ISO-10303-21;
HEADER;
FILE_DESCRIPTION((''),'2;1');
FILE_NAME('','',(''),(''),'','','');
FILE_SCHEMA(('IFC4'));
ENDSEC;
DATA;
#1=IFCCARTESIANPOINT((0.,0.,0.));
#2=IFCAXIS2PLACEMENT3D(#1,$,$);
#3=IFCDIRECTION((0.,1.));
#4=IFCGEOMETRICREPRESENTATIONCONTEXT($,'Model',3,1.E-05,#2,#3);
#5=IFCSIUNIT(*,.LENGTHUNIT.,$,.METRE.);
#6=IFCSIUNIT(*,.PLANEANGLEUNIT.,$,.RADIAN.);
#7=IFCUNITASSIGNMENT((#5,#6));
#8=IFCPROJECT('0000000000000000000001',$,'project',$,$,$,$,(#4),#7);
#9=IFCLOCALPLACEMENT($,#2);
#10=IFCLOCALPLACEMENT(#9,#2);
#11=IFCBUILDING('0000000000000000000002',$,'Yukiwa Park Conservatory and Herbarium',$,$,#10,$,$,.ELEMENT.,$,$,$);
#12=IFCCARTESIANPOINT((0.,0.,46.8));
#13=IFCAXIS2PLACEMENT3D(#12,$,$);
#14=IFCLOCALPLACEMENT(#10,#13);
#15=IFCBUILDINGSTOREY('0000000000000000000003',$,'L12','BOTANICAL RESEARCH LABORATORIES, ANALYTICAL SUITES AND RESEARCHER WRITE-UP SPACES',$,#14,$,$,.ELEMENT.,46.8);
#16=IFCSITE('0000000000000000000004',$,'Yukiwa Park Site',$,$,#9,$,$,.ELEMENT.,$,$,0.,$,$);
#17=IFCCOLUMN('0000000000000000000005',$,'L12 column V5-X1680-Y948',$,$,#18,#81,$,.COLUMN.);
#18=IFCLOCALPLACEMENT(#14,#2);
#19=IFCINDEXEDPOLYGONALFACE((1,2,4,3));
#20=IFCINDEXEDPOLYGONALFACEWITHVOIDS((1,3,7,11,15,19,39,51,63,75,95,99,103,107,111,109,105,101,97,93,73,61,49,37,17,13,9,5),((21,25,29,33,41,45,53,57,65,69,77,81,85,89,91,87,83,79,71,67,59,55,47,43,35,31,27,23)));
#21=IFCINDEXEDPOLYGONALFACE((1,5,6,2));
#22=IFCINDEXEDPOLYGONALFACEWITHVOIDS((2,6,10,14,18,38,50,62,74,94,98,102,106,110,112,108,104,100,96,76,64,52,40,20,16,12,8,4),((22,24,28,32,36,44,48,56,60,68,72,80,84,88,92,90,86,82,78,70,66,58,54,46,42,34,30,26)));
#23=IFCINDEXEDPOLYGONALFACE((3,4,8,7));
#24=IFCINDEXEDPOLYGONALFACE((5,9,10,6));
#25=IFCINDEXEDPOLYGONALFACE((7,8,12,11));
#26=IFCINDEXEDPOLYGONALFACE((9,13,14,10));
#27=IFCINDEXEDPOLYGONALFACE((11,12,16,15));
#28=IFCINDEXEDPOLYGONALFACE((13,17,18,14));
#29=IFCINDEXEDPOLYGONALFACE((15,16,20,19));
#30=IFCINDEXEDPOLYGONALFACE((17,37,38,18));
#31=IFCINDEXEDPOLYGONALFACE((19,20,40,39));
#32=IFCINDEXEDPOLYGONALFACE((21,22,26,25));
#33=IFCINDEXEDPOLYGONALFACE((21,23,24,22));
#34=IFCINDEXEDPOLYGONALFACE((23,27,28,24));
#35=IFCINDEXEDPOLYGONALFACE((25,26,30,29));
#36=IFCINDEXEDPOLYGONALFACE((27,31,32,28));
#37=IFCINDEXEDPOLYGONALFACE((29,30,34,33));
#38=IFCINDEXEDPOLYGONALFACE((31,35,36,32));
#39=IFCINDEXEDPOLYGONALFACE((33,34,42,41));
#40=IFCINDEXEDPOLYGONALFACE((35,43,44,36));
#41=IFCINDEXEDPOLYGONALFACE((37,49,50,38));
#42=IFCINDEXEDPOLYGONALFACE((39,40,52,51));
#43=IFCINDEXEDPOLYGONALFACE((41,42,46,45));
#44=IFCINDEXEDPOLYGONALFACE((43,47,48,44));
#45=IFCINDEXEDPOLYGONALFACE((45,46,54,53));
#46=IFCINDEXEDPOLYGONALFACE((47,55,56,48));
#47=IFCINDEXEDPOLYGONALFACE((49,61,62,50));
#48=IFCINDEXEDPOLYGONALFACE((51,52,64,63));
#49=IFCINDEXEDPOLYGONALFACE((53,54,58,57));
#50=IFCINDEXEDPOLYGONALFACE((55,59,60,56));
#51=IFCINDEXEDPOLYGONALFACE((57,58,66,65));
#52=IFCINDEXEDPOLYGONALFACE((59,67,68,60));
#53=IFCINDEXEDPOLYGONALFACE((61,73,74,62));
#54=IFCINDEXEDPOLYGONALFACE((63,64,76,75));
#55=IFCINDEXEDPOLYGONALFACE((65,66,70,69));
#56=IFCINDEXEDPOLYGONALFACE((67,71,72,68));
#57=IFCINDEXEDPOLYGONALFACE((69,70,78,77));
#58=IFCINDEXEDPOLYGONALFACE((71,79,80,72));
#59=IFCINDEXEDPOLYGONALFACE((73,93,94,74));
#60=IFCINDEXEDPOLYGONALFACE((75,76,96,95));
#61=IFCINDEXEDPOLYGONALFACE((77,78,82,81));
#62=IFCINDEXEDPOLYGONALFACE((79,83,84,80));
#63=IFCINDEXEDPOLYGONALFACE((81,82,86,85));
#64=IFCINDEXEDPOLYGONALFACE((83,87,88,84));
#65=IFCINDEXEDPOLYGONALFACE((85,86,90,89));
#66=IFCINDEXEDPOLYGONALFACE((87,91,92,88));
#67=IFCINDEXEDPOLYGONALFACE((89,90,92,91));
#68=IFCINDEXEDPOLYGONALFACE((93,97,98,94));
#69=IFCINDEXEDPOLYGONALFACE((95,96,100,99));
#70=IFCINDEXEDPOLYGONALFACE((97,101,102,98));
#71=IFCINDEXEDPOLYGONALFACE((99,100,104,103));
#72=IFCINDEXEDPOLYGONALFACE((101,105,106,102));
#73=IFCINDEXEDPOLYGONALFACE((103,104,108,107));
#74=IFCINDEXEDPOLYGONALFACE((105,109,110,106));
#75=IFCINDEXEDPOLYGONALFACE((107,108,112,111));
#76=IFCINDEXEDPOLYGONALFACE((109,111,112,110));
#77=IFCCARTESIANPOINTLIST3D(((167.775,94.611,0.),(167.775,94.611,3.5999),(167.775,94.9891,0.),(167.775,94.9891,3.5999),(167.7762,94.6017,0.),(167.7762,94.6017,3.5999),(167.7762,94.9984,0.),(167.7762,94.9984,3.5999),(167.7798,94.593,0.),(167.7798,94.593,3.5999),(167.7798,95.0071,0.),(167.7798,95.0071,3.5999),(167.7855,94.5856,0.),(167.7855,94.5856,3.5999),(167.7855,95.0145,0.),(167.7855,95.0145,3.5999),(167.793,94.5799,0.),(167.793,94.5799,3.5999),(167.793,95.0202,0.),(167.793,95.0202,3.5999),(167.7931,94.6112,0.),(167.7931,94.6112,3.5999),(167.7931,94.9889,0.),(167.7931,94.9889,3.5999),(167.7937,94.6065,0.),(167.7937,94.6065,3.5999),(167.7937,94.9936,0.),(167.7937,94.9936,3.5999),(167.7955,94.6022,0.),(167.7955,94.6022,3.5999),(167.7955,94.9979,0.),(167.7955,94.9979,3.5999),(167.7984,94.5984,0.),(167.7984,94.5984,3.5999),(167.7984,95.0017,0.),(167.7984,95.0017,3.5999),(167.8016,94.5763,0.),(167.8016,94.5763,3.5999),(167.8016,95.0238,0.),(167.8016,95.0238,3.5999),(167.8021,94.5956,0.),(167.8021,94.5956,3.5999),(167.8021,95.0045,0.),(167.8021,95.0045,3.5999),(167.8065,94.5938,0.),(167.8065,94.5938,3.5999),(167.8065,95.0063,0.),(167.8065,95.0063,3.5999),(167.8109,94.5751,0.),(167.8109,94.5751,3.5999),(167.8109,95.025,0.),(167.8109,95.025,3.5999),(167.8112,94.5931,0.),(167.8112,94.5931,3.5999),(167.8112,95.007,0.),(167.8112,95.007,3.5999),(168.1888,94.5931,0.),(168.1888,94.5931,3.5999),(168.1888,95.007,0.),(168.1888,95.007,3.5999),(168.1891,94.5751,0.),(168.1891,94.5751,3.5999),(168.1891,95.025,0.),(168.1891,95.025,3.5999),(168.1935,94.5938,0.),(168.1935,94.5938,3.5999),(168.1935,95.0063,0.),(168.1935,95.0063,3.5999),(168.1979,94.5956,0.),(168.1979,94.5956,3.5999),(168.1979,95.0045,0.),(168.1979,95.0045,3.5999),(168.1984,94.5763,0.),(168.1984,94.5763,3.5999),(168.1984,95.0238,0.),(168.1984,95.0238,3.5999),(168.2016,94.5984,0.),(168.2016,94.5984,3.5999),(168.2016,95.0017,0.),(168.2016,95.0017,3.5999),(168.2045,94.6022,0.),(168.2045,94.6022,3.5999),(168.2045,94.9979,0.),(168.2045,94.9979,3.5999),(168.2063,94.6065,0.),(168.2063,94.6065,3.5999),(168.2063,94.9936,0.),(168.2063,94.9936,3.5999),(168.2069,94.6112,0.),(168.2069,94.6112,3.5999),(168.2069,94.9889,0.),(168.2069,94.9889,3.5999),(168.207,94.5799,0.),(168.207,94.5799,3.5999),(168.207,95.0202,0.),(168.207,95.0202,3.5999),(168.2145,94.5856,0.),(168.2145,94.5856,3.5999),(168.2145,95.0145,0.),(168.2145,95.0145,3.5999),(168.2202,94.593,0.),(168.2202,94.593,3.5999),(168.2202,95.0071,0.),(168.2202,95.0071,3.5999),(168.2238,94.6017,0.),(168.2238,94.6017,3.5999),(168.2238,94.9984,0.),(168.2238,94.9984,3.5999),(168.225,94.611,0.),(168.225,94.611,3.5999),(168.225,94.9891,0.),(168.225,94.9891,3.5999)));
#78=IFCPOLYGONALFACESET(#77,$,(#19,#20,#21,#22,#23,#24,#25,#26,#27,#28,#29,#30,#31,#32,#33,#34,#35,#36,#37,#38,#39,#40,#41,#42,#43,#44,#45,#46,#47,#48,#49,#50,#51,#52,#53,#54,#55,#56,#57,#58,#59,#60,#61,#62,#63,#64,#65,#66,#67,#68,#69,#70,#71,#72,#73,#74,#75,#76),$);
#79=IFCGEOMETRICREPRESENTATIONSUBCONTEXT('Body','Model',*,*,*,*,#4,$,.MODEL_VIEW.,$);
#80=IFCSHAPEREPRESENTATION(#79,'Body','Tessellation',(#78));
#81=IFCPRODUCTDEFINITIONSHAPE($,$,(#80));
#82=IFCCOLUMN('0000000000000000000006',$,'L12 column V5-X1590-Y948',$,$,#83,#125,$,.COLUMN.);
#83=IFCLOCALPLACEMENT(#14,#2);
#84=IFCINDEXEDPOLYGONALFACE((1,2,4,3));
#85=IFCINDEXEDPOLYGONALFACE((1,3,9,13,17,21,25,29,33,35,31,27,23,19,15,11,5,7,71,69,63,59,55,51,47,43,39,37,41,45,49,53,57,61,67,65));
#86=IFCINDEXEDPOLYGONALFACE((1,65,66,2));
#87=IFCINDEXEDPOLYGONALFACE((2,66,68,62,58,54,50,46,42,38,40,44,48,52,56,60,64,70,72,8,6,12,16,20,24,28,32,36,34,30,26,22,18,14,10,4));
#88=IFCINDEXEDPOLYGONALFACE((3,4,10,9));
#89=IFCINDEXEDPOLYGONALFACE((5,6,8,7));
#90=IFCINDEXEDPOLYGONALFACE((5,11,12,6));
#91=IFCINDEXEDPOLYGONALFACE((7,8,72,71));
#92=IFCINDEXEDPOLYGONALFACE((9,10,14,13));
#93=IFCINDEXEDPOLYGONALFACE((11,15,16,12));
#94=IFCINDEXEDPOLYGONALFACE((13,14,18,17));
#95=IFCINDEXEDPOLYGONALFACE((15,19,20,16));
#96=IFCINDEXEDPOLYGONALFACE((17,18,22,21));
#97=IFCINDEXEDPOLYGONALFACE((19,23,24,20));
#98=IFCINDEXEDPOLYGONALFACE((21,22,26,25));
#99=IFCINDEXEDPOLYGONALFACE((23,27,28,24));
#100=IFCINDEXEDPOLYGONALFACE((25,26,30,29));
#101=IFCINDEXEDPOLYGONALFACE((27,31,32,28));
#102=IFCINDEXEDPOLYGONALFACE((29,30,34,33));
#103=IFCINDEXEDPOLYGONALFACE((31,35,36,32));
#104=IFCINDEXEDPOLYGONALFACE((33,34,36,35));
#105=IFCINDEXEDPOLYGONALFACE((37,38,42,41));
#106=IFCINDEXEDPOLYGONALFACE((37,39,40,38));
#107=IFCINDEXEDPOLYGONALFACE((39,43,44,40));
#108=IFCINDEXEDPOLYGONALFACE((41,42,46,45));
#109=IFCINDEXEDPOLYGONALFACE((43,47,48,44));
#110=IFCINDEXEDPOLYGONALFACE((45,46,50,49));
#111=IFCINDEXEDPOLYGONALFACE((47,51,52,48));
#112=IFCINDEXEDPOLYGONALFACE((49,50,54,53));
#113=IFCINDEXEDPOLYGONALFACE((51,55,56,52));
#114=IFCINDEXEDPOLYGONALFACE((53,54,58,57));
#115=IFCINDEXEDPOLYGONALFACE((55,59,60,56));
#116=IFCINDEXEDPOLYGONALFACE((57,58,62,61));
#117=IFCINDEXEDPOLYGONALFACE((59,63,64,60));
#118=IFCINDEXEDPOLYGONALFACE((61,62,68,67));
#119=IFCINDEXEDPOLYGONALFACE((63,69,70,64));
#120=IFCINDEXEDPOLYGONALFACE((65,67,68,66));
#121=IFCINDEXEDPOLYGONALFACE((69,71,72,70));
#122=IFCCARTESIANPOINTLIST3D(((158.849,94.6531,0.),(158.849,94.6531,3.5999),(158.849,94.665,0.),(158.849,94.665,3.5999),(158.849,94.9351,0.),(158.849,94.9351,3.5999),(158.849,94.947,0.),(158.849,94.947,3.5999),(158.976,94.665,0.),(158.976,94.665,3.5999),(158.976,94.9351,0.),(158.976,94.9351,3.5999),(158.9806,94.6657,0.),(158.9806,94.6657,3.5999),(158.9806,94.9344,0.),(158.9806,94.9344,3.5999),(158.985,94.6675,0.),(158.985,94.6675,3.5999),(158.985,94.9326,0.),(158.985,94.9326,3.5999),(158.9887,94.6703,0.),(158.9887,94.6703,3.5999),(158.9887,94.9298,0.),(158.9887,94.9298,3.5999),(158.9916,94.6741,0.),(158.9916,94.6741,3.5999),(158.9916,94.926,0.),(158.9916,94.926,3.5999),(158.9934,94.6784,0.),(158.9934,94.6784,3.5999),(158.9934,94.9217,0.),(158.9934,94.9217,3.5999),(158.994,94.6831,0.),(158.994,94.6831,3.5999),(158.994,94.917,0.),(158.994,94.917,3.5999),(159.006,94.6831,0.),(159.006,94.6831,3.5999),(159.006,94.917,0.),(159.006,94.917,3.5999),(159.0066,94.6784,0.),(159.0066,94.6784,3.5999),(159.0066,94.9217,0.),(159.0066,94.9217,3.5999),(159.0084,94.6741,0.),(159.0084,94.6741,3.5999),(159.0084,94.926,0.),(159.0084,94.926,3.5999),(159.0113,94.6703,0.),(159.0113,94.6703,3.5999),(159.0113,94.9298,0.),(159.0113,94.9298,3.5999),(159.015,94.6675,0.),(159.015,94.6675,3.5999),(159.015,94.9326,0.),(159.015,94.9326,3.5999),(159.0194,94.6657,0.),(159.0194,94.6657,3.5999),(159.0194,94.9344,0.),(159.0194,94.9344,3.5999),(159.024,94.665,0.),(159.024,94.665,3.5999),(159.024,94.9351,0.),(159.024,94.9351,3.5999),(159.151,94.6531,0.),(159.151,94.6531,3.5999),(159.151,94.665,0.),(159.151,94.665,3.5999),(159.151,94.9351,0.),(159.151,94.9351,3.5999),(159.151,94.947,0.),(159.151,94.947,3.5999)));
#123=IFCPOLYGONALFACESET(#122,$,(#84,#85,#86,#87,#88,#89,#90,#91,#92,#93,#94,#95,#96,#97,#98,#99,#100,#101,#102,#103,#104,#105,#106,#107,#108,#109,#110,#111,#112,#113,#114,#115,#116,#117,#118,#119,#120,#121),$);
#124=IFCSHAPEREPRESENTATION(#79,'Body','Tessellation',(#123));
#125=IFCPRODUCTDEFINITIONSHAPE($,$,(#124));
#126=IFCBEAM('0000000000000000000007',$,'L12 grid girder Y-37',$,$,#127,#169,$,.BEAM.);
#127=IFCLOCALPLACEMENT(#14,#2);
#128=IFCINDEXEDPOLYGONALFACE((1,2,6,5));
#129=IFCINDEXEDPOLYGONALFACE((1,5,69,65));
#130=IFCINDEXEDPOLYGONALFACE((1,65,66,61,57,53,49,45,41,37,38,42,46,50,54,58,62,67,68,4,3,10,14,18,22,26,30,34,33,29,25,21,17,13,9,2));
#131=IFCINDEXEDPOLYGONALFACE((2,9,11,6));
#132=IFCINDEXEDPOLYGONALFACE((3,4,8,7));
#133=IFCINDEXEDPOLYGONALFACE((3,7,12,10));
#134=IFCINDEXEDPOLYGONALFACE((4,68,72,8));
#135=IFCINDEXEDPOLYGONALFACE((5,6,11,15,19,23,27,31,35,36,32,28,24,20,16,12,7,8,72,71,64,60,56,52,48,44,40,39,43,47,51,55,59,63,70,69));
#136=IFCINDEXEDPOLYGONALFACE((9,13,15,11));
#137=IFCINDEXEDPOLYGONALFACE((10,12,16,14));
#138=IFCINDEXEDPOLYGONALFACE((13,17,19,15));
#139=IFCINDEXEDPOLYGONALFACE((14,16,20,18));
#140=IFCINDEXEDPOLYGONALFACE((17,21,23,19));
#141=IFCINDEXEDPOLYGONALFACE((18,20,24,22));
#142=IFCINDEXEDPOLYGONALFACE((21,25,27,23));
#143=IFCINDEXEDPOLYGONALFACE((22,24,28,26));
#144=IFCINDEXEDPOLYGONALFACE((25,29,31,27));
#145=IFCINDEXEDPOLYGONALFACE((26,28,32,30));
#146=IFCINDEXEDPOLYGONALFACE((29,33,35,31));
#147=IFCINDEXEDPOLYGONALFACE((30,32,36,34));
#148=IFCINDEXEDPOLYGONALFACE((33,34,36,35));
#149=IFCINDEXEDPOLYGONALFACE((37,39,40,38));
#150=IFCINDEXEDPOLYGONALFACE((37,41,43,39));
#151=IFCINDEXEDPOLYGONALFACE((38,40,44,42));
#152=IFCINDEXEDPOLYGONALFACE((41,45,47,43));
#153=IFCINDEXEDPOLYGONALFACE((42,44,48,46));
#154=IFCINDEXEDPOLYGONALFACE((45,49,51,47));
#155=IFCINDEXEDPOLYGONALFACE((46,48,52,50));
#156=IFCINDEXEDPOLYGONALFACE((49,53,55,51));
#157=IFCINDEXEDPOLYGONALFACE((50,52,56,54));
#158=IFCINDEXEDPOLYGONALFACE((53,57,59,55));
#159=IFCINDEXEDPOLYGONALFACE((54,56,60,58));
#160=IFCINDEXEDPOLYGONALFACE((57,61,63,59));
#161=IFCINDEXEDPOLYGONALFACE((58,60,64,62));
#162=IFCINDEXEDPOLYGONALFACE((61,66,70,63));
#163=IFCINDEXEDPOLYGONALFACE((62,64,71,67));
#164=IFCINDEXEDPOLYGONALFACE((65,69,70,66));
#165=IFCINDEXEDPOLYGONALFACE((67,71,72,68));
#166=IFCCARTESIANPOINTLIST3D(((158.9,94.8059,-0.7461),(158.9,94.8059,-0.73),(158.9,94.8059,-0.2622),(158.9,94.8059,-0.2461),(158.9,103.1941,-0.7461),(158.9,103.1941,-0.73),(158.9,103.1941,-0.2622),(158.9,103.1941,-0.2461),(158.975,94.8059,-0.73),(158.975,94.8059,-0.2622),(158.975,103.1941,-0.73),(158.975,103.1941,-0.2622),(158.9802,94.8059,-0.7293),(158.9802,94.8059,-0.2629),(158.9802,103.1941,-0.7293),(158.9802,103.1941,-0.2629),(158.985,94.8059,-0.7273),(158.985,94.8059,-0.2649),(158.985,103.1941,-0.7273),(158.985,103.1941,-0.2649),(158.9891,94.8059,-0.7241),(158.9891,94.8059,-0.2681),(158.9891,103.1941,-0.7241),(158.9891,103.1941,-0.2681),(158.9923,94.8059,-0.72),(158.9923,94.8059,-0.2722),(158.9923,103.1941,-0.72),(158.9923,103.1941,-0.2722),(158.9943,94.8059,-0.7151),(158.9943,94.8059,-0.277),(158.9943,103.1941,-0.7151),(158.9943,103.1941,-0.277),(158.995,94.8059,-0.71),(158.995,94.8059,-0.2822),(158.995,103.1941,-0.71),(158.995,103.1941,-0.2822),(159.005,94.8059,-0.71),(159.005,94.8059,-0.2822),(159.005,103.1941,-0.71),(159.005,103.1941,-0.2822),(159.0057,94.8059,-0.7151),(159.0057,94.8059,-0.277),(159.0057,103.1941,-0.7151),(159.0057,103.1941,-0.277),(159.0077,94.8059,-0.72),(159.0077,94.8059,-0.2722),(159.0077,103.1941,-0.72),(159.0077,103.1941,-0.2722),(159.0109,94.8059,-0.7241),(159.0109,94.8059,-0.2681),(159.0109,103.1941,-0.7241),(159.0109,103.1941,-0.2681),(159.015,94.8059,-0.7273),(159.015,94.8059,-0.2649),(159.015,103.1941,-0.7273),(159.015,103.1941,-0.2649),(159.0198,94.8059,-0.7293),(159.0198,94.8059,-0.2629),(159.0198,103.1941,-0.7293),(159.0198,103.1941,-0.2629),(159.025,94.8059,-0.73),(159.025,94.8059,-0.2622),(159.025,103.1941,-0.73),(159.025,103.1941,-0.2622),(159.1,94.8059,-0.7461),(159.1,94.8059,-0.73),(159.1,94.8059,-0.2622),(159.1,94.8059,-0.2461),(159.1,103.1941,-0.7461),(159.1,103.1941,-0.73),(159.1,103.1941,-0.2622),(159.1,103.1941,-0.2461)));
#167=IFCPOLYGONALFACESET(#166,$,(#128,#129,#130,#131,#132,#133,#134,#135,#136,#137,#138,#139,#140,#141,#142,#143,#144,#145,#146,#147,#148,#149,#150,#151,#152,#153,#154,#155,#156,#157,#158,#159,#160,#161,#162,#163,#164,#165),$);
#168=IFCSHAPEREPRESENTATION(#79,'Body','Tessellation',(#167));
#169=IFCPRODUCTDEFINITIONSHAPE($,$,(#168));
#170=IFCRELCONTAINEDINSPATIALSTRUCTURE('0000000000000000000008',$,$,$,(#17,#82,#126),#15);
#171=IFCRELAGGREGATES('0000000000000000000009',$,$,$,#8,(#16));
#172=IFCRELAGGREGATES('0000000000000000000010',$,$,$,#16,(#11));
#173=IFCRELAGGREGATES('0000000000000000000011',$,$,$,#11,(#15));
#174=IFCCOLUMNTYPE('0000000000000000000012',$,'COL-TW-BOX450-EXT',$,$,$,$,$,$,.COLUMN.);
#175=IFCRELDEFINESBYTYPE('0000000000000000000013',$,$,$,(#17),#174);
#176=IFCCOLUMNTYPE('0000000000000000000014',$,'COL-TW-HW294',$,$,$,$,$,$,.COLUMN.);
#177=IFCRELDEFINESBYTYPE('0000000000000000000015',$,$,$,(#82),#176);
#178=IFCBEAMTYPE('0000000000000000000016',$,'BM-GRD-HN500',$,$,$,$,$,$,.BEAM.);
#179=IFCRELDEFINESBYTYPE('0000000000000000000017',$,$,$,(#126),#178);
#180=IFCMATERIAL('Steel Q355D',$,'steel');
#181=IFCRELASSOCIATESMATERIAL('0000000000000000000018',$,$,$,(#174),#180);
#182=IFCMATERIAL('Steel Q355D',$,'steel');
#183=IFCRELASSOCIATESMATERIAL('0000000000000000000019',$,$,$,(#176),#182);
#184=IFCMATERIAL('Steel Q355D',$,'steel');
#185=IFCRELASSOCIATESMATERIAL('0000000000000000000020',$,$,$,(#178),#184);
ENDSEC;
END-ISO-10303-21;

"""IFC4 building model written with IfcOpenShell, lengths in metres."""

from ifc_helpers import new_model, si_unit, direction, frame, origin, origin_2d, place, context, subcontext, project, spatial, hollow_rectangle, i_section, extrude, material, material_profile, profile_set, type_object, element, save


model = new_model("IFC4")

# Units and contexts
model_context = context("Model", 3, precision=1e-05, world=origin(), true_north=direction((0.0, 1.0)))
body_context = subcontext(model_context, "Body", "Model", "MODEL_VIEW")
ifc_project = project(units=[si_unit("LENGTHUNIT", "METRE"), si_unit("PLANEANGLEUNIT", "RADIAN")], contexts=[model_context])

# Site, building, storey
site_placement = place(None, origin())
site = spatial("IfcSite", under=ifc_project, at=site_placement, Name="Yukiwa Park Site", CompositionType="ELEMENT", RefElevation=0.0)
building_placement = place(site_placement, origin())
building = spatial("IfcBuilding", under=site, at=building_placement, Name="Yukiwa Park Conservatory and Herbarium", CompositionType="ELEMENT")
storey_placement = place(building_placement, frame((0.0, 0.0, 46.8)))
storey = spatial("IfcBuildingStorey", under=building, at=storey_placement, Name="L12", Description="BOTANICAL RESEARCH LABORATORIES, ANALYTICAL SUITES AND RESEARCHER WRITE-UP SPACES", CompositionType="ELEMENT", Elevation=46.8)

# Columns
ifc_material_1 = material(Name="Steel Q355D", Category="steel")
ifc_material_profile_1 = material_profile(ifc_material_1, hollow_rectangle(XDim=0.45, YDim=0.45, WallThickness=0.0181, InnerFilletRadius=0.0181, OuterFilletRadius=0.0359, at=origin_2d()), Name="BOX 450x450x18")
ifc_profile_set_1 = profile_set([ifc_material_profile_1], Name="Steel Q355D")
column_type_1 = type_object("IfcColumnType", Name="COL-TW-BOX450-EXT", PredefinedType="COLUMN", material=ifc_profile_set_1)
column_1_placement = place(storey_placement, frame((168.0, 94.8, 0.0), z_axis=(0.0, 0.0, 1.0), x_axis=(1.0, 0.0, 0.0)))
element("IfcColumn", 1, at=column_1_placement, inside=storey, type_object=column_type_1, Name="L12 column V5-X1680-Y948", PredefinedType="COLUMN", context=body_context, shape_type="SweptSolid", body=[
    extrude(hollow_rectangle(XDim=0.45, YDim=0.45, WallThickness=0.0181, InnerFilletRadius=0.0181, OuterFilletRadius=0.0359, at=origin_2d()), origin(), (0.0, 0.0, 1.0), 3.5999),
])
ifc_material_2 = material(Name="Steel Q355D", Category="steel")
ifc_material_profile_2 = material_profile(ifc_material_2, i_section(OverallWidth=0.302, OverallDepth=0.2939, WebThickness=0.012, FlangeThickness=0.012, FilletRadius=0.0181, at=origin_2d()), Name="HW 294x302x12x12")
ifc_profile_set_2 = profile_set([ifc_material_profile_2], Name="Steel Q355D")
column_type_2 = type_object("IfcColumnType", Name="COL-TW-HW294", PredefinedType="COLUMN", material=ifc_profile_set_2)
column_2_placement = place(storey_placement, frame((159.0, 94.8, 0.0), z_axis=(0.0, 0.0, 1.0), x_axis=(1.0, 0.0, 0.0)))
element("IfcColumn", 2, at=column_2_placement, inside=storey, type_object=column_type_2, Name="L12 column V5-X1590-Y948", PredefinedType="COLUMN", context=body_context, shape_type="SweptSolid", body=[
    extrude(i_section(OverallWidth=0.302, OverallDepth=0.2939, WebThickness=0.012, FlangeThickness=0.012, FilletRadius=0.0181, at=origin_2d()), origin(), (0.0, 0.0, 1.0), 3.5999),
])

# Beam
ifc_material_3 = material(Name="Steel Q355D", Category="steel")
ifc_material_profile_3 = material_profile(ifc_material_3, i_section(OverallWidth=0.2, OverallDepth=0.5, WebThickness=0.01, FlangeThickness=0.0161, FilletRadius=0.02, at=origin_2d()), Name="HN 500x200x10x16")
ifc_profile_set_3 = profile_set([ifc_material_profile_3], Name="Steel Q355D")
beam_type_1 = type_object("IfcBeamType", Name="BM-GRD-HN500", PredefinedType="BEAM", material=ifc_profile_set_3)
beam_1_placement = place(storey_placement, frame((159.0, 94.8059, -0.4961), z_axis=(0.0, 1.0, 0.0), x_axis=(-1.0, 0.0, 0.0)))
element("IfcBeam", 3, at=beam_1_placement, inside=storey, type_object=beam_type_1, Name="L12 grid girder Y-37", PredefinedType="BEAM", context=body_context, shape_type="SweptSolid", body=[
    extrude(i_section(OverallWidth=0.2, OverallDepth=0.5, WebThickness=0.01, FlangeThickness=0.0161, FilletRadius=0.02, at=origin_2d()), origin(), (0.0, 0.0, 1.0), 8.3882),
])

save(model, "model.ifc")
